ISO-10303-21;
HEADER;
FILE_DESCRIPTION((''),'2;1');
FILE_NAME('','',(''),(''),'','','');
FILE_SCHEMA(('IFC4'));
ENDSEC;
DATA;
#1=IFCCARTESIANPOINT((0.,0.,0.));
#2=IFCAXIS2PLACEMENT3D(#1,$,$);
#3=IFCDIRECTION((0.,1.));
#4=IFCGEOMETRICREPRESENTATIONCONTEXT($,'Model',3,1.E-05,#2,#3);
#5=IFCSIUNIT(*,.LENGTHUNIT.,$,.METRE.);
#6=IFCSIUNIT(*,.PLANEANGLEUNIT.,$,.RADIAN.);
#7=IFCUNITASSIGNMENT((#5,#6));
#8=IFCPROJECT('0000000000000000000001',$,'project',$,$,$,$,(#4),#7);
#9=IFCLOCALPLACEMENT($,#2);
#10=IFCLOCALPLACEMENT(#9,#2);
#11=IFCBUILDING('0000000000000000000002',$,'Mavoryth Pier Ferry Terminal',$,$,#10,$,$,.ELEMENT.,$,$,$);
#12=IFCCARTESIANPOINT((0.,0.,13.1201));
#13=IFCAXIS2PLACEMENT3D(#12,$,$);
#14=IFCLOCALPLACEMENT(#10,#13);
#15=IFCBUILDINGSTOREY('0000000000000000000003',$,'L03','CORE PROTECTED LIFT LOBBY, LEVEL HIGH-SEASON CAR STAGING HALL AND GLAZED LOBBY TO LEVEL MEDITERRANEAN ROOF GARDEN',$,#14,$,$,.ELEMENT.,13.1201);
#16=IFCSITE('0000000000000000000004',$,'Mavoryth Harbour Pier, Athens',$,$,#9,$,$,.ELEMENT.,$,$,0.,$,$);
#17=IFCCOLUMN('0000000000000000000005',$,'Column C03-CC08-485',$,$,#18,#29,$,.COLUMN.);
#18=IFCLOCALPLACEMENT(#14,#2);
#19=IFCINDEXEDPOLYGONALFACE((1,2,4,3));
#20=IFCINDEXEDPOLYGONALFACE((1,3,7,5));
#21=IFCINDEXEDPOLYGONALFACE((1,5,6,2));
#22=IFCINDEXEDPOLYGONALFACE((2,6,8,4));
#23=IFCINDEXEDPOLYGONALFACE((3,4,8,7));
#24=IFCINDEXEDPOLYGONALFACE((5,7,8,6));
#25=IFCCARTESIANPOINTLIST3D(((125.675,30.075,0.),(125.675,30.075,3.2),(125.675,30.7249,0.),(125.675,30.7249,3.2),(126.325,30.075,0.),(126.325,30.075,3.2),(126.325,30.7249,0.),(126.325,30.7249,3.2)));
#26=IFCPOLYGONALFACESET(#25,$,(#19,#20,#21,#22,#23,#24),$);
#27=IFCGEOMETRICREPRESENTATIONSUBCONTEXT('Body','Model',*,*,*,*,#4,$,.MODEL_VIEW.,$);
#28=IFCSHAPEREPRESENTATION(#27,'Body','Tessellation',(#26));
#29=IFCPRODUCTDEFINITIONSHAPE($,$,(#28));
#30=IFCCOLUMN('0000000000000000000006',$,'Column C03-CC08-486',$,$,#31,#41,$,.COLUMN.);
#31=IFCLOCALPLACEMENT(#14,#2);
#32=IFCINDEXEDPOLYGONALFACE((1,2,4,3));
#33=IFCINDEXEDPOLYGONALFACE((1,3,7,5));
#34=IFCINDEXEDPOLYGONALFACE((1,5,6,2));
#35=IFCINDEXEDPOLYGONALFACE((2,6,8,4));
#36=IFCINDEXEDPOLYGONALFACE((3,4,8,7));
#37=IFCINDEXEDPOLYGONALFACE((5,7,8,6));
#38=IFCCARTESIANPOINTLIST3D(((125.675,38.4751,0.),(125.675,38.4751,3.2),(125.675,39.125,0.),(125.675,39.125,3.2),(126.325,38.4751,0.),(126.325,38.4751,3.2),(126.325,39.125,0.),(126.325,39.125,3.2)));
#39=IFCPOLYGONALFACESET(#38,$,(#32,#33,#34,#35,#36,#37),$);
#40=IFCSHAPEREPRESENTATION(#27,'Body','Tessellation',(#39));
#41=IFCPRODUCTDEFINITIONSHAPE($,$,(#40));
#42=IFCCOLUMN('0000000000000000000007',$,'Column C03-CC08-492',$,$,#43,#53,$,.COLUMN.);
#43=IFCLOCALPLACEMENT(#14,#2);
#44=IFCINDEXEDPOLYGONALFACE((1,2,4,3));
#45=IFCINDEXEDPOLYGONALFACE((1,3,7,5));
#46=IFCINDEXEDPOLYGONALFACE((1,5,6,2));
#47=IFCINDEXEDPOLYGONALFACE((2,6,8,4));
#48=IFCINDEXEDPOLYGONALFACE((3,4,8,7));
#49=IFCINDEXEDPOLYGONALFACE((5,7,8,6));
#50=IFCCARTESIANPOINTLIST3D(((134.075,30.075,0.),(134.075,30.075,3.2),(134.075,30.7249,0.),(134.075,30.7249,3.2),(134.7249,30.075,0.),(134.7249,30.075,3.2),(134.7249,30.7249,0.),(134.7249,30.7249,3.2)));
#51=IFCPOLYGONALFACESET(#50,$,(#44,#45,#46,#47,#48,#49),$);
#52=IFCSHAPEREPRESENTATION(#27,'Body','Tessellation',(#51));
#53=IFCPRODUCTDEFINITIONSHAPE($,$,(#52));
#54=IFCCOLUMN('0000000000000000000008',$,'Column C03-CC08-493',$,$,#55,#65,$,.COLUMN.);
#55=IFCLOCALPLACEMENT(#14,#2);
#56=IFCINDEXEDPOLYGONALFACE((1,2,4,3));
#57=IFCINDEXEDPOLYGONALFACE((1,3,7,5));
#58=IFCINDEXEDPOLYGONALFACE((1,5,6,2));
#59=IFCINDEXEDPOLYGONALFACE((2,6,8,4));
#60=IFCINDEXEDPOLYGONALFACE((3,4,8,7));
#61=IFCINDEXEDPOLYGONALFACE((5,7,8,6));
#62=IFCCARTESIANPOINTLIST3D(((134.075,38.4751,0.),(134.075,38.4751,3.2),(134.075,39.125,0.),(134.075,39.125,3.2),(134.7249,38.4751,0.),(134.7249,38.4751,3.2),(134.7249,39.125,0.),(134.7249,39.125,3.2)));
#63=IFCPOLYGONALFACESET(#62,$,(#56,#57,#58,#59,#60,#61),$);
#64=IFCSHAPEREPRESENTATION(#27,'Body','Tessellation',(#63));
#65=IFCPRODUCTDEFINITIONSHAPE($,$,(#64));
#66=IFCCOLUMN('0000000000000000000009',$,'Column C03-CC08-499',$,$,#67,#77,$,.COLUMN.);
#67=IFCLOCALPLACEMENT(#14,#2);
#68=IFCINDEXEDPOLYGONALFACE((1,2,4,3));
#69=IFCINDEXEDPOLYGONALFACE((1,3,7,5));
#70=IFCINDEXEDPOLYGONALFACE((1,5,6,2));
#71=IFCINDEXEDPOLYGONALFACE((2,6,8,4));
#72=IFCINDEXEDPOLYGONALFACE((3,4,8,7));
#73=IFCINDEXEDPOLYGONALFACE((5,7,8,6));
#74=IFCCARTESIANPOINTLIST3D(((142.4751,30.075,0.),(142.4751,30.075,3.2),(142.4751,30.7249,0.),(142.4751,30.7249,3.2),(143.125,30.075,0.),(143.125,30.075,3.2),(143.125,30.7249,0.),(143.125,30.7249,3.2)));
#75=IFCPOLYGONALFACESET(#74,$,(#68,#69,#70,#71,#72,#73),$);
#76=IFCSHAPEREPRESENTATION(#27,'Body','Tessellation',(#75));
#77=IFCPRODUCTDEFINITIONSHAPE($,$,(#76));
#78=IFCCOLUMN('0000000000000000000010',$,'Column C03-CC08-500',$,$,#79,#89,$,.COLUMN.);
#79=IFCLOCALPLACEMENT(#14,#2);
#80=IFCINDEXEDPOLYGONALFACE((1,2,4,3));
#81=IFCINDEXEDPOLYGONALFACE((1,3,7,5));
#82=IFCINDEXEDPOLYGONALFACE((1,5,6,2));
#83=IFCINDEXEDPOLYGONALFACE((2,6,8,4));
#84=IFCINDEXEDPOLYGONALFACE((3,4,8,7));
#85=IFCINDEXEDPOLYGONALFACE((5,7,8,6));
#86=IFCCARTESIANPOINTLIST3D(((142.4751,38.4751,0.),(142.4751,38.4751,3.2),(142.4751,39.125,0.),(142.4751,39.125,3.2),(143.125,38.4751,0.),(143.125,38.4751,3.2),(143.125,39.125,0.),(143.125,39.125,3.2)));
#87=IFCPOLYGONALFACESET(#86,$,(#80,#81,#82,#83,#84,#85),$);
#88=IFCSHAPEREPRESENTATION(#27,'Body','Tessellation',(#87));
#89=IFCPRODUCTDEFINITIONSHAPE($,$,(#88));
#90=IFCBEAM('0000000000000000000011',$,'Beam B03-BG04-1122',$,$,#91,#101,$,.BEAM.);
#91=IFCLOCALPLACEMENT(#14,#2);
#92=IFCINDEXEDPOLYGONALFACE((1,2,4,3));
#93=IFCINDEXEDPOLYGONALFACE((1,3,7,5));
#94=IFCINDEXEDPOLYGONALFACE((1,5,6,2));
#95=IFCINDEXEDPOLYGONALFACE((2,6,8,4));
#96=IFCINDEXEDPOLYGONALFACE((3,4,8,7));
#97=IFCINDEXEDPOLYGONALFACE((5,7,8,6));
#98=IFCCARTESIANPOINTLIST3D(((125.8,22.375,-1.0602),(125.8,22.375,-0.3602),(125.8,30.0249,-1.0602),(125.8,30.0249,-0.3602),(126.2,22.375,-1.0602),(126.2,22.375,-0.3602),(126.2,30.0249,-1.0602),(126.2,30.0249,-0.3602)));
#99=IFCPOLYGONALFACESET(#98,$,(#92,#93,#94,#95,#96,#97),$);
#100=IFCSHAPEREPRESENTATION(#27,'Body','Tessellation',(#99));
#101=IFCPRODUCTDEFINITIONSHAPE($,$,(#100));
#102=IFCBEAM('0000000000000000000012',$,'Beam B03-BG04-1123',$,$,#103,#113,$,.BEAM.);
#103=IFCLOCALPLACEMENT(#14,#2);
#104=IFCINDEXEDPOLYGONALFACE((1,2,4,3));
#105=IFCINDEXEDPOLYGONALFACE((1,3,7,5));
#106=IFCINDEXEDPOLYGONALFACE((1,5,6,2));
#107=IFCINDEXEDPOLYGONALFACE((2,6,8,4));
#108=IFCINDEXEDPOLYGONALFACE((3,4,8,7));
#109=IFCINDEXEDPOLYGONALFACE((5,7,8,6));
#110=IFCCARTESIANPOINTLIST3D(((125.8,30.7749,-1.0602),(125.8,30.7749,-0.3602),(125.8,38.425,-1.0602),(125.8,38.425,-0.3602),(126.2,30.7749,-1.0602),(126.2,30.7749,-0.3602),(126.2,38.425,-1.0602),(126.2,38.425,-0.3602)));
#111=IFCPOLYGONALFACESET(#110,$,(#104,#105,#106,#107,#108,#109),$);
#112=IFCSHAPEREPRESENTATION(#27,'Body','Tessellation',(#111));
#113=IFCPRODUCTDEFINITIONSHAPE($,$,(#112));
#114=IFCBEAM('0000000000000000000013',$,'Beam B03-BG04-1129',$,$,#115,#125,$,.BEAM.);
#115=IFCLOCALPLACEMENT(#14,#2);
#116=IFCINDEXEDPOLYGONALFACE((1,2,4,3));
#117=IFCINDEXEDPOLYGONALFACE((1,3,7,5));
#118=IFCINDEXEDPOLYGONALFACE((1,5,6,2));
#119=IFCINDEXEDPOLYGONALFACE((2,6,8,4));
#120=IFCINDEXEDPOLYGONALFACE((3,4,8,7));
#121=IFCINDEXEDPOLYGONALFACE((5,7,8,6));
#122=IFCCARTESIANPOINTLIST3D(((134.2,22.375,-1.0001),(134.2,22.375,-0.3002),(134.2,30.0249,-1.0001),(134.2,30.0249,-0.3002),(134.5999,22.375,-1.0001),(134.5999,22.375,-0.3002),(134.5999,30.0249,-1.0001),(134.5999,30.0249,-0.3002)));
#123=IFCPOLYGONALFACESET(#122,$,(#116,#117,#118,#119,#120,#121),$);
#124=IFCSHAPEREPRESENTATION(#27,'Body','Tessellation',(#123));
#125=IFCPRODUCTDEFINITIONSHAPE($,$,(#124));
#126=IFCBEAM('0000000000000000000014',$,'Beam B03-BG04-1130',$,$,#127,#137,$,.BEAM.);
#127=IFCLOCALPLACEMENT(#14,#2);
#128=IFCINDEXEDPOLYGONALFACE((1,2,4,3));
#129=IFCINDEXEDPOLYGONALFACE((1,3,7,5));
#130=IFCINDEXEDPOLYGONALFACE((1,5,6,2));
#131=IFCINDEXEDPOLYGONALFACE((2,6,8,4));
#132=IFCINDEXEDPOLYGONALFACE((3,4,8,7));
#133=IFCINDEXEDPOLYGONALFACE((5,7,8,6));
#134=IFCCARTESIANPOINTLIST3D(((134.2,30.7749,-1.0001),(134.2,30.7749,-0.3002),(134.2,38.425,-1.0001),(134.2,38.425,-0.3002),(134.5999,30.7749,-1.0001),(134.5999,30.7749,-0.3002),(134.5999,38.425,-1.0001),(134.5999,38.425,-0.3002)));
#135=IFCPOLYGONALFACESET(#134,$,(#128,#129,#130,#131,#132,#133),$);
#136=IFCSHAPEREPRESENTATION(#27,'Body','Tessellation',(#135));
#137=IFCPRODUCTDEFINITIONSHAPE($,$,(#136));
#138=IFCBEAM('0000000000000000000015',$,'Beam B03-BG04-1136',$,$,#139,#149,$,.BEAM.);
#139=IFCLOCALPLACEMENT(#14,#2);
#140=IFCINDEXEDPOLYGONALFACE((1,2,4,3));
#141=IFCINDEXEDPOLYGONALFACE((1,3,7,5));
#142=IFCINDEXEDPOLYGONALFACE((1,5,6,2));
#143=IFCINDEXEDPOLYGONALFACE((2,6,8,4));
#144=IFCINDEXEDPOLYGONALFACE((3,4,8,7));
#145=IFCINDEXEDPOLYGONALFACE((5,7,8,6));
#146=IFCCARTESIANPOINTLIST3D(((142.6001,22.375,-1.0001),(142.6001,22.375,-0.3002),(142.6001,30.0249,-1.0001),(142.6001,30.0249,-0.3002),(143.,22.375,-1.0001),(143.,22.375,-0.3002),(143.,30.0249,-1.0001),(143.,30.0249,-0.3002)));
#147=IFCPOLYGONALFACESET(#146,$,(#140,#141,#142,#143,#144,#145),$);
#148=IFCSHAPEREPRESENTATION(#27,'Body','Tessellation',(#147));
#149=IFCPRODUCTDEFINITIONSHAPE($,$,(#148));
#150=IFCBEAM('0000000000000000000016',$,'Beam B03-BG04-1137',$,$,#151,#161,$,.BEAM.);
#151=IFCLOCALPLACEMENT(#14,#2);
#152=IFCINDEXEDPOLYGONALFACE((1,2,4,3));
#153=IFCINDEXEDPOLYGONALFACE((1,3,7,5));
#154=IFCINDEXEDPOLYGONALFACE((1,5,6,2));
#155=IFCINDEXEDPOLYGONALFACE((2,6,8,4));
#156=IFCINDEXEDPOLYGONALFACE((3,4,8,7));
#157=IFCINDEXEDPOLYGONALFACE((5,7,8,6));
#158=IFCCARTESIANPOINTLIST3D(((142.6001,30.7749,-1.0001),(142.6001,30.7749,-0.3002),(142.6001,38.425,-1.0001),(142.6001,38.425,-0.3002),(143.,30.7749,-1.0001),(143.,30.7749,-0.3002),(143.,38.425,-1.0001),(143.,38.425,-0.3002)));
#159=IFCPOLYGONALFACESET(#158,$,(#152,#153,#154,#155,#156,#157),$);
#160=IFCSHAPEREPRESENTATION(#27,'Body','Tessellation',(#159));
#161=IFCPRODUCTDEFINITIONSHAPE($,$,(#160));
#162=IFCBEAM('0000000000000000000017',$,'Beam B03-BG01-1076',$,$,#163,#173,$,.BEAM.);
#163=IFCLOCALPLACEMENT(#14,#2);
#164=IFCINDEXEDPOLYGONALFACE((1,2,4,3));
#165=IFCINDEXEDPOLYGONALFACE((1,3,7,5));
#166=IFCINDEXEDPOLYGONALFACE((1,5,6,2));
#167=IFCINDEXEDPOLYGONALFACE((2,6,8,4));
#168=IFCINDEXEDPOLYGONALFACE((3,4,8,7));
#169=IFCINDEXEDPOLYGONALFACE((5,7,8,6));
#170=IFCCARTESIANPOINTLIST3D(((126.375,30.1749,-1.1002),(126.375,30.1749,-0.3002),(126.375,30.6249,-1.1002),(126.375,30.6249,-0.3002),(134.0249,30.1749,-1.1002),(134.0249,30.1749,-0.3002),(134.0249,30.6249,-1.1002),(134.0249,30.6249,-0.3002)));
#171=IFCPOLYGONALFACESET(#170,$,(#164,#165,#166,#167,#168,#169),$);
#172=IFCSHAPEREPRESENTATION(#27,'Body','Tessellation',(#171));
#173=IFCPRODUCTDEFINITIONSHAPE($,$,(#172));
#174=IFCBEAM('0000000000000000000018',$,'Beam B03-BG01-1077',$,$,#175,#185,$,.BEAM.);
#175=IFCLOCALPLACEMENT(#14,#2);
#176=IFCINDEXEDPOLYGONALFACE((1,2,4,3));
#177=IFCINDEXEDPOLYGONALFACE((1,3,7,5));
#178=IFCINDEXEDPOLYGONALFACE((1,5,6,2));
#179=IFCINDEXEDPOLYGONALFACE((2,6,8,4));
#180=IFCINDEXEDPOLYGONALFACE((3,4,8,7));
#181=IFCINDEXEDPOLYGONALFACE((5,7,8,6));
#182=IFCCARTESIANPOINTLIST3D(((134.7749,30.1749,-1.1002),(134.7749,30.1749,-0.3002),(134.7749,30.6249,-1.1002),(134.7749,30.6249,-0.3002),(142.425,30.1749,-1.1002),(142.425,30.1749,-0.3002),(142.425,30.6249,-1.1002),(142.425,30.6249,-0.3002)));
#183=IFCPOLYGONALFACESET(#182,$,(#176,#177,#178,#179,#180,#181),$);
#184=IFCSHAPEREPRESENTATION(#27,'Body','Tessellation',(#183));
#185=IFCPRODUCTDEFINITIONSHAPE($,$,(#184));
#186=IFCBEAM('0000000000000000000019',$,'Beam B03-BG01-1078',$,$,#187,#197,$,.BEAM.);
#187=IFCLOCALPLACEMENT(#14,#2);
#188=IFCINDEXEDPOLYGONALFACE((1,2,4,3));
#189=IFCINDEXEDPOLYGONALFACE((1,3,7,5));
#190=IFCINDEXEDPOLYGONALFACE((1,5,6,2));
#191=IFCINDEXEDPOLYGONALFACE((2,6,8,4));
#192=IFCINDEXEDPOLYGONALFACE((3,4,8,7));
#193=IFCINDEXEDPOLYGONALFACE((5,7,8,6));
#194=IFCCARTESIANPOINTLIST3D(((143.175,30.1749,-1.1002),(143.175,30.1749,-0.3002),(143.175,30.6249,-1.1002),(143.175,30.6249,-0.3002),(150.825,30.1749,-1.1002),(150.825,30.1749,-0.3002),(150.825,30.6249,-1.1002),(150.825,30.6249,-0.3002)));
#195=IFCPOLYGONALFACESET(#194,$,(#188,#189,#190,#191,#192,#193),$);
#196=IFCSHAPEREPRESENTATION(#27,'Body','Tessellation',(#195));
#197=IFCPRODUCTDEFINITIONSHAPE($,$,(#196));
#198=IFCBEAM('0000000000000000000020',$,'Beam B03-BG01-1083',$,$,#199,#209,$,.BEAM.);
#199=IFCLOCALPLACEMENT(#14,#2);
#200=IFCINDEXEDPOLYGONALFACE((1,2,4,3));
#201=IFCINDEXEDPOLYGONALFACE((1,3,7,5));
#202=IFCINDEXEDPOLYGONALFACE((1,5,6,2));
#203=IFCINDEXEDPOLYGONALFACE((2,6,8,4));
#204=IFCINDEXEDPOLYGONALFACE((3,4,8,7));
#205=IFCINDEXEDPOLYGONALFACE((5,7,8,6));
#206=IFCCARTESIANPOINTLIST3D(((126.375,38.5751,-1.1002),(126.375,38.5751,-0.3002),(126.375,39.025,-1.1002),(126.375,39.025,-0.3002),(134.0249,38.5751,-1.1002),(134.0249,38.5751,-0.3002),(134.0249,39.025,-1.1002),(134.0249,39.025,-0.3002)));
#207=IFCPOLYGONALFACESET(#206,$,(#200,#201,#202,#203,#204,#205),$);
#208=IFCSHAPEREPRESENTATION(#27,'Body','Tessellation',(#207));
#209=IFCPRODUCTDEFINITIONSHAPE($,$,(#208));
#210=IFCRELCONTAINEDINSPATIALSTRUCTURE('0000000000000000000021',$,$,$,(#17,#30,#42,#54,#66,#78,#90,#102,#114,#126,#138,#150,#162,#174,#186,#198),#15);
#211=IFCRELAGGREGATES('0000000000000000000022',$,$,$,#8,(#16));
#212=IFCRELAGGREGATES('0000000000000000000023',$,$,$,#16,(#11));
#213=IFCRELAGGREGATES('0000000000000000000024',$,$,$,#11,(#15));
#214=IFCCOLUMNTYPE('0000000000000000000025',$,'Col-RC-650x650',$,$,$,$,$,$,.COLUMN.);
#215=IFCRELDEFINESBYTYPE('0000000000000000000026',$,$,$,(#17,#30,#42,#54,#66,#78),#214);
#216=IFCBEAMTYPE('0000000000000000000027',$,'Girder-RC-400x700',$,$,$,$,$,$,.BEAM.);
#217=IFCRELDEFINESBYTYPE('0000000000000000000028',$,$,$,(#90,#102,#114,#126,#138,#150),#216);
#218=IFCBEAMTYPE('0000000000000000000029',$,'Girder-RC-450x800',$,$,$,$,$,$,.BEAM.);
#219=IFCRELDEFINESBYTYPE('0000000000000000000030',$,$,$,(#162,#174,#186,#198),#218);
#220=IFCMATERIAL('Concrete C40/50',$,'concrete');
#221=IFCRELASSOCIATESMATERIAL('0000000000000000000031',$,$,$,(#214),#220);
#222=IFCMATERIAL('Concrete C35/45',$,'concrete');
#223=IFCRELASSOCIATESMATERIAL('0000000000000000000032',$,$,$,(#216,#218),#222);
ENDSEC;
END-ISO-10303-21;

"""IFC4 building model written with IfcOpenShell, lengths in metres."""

from ifc_helpers import new_model, si_unit, direction, frame, origin, origin_2d, place, context, subcontext, project, spatial, rectangle, extrude, material, material_profile, profile_set, type_object, element, save


model = new_model("IFC4")

# Units and contexts
model_context = context("Model", 3, precision=1e-05, world=origin(), true_north=direction((0.0, 1.0)))
body_context = subcontext(model_context, "Body", "Model", "MODEL_VIEW")
ifc_project = project(units=[si_unit("LENGTHUNIT", "METRE"), si_unit("PLANEANGLEUNIT", "RADIAN")], contexts=[model_context])

# Site, building, storey
site_placement = place(None, origin())
site = spatial("IfcSite", under=ifc_project, at=site_placement, Name="Mavoryth Harbour Pier, Athens", CompositionType="ELEMENT", RefElevation=0.0)
building_placement = place(site_placement, origin())
building = spatial("IfcBuilding", under=site, at=building_placement, Name="Mavoryth Pier Ferry Terminal", CompositionType="ELEMENT")
storey_placement = place(building_placement, frame((0.0, 0.0, 13.1201)))
storey = spatial("IfcBuildingStorey", under=building, at=storey_placement, Name="L03", Description="CORE PROTECTED LIFT LOBBY, LEVEL HIGH-SEASON CAR STAGING HALL AND GLAZED LOBBY TO LEVEL MEDITERRANEAN ROOF GARDEN", CompositionType="ELEMENT", Elevation=13.1201)

# Columns
ifc_material_1 = material(Name="Concrete C40/50", Category="concrete")
ifc_material_profile_1 = material_profile(ifc_material_1, rectangle(XDim=0.6499, YDim=0.6499, at=origin_2d()), Name="RC 650x650", Category="concrete")
ifc_profile_set_1 = profile_set([ifc_material_profile_1], Name="Concrete C40/50 - RC 650x650")
column_type = type_object("IfcColumnType", Name="Col-RC-650x650", PredefinedType="COLUMN", material=ifc_profile_set_1)
for number, where, z_axis, x_axis, name in (
    (1, (126.0, 30.3999, 0.0), (0.0, 0.0, 1.0), (1.0, 0.0, 0.0), "Column C03-CC08-485"),
    (2, (126.0, 38.8, 0.0), (0.0, 0.0, 1.0), (1.0, 0.0, 0.0), "Column C03-CC08-486"),
    (3, (134.3999, 30.3999, 0.0), (0.0, 0.0, 1.0), (1.0, 0.0, 0.0), "Column C03-CC08-492"),
    (4, (134.3999, 38.8, 0.0), (0.0, 0.0, 1.0), (1.0, 0.0, 0.0), "Column C03-CC08-493"),
    (5, (142.8, 30.3999, 0.0), (0.0, 0.0, 1.0), (1.0, 0.0, 0.0), "Column C03-CC08-499"),
    (6, (142.8, 38.8, 0.0), (0.0, 0.0, 1.0), (1.0, 0.0, 0.0), "Column C03-CC08-500"),
):
    element("IfcColumn", number, at=place(storey_placement, frame(where, z_axis=z_axis, x_axis=x_axis)), inside=storey, type_object=column_type, Name=name, PredefinedType="COLUMN", context=body_context, shape_type="SweptSolid", body=[
        extrude(rectangle(XDim=0.6499, YDim=0.6499, at=origin_2d()), origin(), (0.0, 0.0, 1.0), 3.2),
    ])

# Beams
ifc_material_2 = material(Name="Concrete C35/45", Category="concrete")
ifc_material_profile_2 = material_profile(ifc_material_2, rectangle(XDim=0.3999, YDim=0.7, at=origin_2d()), Name="RC 400x700", Category="concrete")
ifc_profile_set_2 = profile_set([ifc_material_profile_2], Name="Concrete C35/45 - RC 400x700")
beam_type_1 = type_object("IfcBeamType", Name="Girder-RC-400x700", PredefinedType="BEAM", material=ifc_profile_set_2)
beam_1_placement = place(storey_placement, frame((126.0, 22.375, -0.7102), z_axis=(0.0, 1.0, 0.0), x_axis=(-1.0, 0.0, 0.0)))
element("IfcBeam", 7, at=beam_1_placement, inside=storey, type_object=beam_type_1, Name="Beam B03-BG04-1122", PredefinedType="BEAM", context=body_context, shape_type="SweptSolid", body=[
    extrude(rectangle(XDim=0.3999, YDim=0.7, at=origin_2d()), origin(), (0.0, 0.0, 1.0), 7.6499),
])
beam_2_placement = place(storey_placement, frame((126.0, 30.7749, -0.7102), z_axis=(0.0, 1.0, 0.0), x_axis=(-1.0, 0.0, 0.0)))
element("IfcBeam", 8, at=beam_2_placement, inside=storey, type_object=beam_type_1, Name="Beam B03-BG04-1123", PredefinedType="BEAM", context=body_context, shape_type="SweptSolid", body=[
    extrude(rectangle(XDim=0.3999, YDim=0.7, at=origin_2d()), origin(), (0.0, 0.0, 1.0), 7.6501),
])
beam_3_placement = place(storey_placement, frame((134.3999, 22.375, -0.6501), z_axis=(0.0, 1.0, 0.0), x_axis=(-1.0, 0.0, 0.0)))
element("IfcBeam", 9, at=beam_3_placement, inside=storey, type_object=beam_type_1, Name="Beam B03-BG04-1129", PredefinedType="BEAM", context=body_context, shape_type="SweptSolid", body=[
    extrude(rectangle(XDim=0.3999, YDim=0.7, at=origin_2d()), origin(), (0.0, 0.0, 1.0), 7.6499),
])
beam_4_placement = place(storey_placement, frame((134.3999, 30.7749, -0.6501), z_axis=(0.0, 1.0, 0.0), x_axis=(-1.0, 0.0, 0.0)))
element("IfcBeam", 10, at=beam_4_placement, inside=storey, type_object=beam_type_1, Name="Beam B03-BG04-1130", PredefinedType="BEAM", context=body_context, shape_type="SweptSolid", body=[
    extrude(rectangle(XDim=0.3999, YDim=0.7, at=origin_2d()), origin(), (0.0, 0.0, 1.0), 7.6501),
])
beam_5_placement = place(storey_placement, frame((142.8, 22.375, -0.6501), z_axis=(0.0, 1.0, 0.0), x_axis=(-1.0, 0.0, 0.0)))
element("IfcBeam", 11, at=beam_5_placement, inside=storey, type_object=beam_type_1, Name="Beam B03-BG04-1136", PredefinedType="BEAM", context=body_context, shape_type="SweptSolid", body=[
    extrude(rectangle(XDim=0.3999, YDim=0.7, at=origin_2d()), origin(), (0.0, 0.0, 1.0), 7.6499),
])
beam_6_placement = place(storey_placement, frame((142.8, 30.7749, -0.6501), z_axis=(0.0, 1.0, 0.0), x_axis=(-1.0, 0.0, 0.0)))
element("IfcBeam", 12, at=beam_6_placement, inside=storey, type_object=beam_type_1, Name="Beam B03-BG04-1137", PredefinedType="BEAM", context=body_context, shape_type="SweptSolid", body=[
    extrude(rectangle(XDim=0.3999, YDim=0.7, at=origin_2d()), origin(), (0.0, 0.0, 1.0), 7.6501),
])
ifc_material_profile_3 = material_profile(ifc_material_2, rectangle(XDim=0.45, YDim=0.8, at=origin_2d()), Name="RC 450x800", Category="concrete")
ifc_profile_set_3 = profile_set([ifc_material_profile_3], Name="Concrete C35/45 - RC 450x800")
beam_type_2 = type_object("IfcBeamType", Name="Girder-RC-450x800", PredefinedType="BEAM", material=ifc_profile_set_3)
beam_7_placement = place(storey_placement, frame((126.375, 30.3999, -0.7002), z_axis=(1.0, 0.0, 0.0), x_axis=(0.0, 1.0, 0.0)))
element("IfcBeam", 13, at=beam_7_placement, inside=storey, type_object=beam_type_2, Name="Beam B03-BG01-1076", PredefinedType="BEAM", context=body_context, shape_type="SweptSolid", body=[
    extrude(rectangle(XDim=0.45, YDim=0.8, at=origin_2d()), origin(), (0.0, 0.0, 1.0), 7.6499),
])
beam_8_placement = place(storey_placement, frame((134.7749, 30.3999, -0.7002), z_axis=(1.0, 0.0, 0.0), x_axis=(0.0, 1.0, 0.0)))
element("IfcBeam", 14, at=beam_8_placement, inside=storey, type_object=beam_type_2, Name="Beam B03-BG01-1077", PredefinedType="BEAM", context=body_context, shape_type="SweptSolid", body=[
    extrude(rectangle(XDim=0.45, YDim=0.8, at=origin_2d()), origin(), (0.0, 0.0, 1.0), 7.6501),
])
for number, where, z_axis, x_axis, name in (
    (15, (143.175, 30.3999, -0.7002), (1.0, 0.0, 0.0), (0.0, 1.0, 0.0), "Beam B03-BG01-1078"),
    (16, (126.375, 38.8, -0.7002), (1.0, 0.0, 0.0), (0.0, 1.0, 0.0), "Beam B03-BG01-1083"),
):
    element("IfcBeam", number, at=place(storey_placement, frame(where, z_axis=z_axis, x_axis=x_axis)), inside=storey, type_object=beam_type_2, Name=name, PredefinedType="BEAM", context=body_context, shape_type="SweptSolid", body=[
        extrude(rectangle(XDim=0.45, YDim=0.8, at=origin_2d()), origin(), (0.0, 0.0, 1.0), 7.6499),
    ])

save(model, "model.ifc")
